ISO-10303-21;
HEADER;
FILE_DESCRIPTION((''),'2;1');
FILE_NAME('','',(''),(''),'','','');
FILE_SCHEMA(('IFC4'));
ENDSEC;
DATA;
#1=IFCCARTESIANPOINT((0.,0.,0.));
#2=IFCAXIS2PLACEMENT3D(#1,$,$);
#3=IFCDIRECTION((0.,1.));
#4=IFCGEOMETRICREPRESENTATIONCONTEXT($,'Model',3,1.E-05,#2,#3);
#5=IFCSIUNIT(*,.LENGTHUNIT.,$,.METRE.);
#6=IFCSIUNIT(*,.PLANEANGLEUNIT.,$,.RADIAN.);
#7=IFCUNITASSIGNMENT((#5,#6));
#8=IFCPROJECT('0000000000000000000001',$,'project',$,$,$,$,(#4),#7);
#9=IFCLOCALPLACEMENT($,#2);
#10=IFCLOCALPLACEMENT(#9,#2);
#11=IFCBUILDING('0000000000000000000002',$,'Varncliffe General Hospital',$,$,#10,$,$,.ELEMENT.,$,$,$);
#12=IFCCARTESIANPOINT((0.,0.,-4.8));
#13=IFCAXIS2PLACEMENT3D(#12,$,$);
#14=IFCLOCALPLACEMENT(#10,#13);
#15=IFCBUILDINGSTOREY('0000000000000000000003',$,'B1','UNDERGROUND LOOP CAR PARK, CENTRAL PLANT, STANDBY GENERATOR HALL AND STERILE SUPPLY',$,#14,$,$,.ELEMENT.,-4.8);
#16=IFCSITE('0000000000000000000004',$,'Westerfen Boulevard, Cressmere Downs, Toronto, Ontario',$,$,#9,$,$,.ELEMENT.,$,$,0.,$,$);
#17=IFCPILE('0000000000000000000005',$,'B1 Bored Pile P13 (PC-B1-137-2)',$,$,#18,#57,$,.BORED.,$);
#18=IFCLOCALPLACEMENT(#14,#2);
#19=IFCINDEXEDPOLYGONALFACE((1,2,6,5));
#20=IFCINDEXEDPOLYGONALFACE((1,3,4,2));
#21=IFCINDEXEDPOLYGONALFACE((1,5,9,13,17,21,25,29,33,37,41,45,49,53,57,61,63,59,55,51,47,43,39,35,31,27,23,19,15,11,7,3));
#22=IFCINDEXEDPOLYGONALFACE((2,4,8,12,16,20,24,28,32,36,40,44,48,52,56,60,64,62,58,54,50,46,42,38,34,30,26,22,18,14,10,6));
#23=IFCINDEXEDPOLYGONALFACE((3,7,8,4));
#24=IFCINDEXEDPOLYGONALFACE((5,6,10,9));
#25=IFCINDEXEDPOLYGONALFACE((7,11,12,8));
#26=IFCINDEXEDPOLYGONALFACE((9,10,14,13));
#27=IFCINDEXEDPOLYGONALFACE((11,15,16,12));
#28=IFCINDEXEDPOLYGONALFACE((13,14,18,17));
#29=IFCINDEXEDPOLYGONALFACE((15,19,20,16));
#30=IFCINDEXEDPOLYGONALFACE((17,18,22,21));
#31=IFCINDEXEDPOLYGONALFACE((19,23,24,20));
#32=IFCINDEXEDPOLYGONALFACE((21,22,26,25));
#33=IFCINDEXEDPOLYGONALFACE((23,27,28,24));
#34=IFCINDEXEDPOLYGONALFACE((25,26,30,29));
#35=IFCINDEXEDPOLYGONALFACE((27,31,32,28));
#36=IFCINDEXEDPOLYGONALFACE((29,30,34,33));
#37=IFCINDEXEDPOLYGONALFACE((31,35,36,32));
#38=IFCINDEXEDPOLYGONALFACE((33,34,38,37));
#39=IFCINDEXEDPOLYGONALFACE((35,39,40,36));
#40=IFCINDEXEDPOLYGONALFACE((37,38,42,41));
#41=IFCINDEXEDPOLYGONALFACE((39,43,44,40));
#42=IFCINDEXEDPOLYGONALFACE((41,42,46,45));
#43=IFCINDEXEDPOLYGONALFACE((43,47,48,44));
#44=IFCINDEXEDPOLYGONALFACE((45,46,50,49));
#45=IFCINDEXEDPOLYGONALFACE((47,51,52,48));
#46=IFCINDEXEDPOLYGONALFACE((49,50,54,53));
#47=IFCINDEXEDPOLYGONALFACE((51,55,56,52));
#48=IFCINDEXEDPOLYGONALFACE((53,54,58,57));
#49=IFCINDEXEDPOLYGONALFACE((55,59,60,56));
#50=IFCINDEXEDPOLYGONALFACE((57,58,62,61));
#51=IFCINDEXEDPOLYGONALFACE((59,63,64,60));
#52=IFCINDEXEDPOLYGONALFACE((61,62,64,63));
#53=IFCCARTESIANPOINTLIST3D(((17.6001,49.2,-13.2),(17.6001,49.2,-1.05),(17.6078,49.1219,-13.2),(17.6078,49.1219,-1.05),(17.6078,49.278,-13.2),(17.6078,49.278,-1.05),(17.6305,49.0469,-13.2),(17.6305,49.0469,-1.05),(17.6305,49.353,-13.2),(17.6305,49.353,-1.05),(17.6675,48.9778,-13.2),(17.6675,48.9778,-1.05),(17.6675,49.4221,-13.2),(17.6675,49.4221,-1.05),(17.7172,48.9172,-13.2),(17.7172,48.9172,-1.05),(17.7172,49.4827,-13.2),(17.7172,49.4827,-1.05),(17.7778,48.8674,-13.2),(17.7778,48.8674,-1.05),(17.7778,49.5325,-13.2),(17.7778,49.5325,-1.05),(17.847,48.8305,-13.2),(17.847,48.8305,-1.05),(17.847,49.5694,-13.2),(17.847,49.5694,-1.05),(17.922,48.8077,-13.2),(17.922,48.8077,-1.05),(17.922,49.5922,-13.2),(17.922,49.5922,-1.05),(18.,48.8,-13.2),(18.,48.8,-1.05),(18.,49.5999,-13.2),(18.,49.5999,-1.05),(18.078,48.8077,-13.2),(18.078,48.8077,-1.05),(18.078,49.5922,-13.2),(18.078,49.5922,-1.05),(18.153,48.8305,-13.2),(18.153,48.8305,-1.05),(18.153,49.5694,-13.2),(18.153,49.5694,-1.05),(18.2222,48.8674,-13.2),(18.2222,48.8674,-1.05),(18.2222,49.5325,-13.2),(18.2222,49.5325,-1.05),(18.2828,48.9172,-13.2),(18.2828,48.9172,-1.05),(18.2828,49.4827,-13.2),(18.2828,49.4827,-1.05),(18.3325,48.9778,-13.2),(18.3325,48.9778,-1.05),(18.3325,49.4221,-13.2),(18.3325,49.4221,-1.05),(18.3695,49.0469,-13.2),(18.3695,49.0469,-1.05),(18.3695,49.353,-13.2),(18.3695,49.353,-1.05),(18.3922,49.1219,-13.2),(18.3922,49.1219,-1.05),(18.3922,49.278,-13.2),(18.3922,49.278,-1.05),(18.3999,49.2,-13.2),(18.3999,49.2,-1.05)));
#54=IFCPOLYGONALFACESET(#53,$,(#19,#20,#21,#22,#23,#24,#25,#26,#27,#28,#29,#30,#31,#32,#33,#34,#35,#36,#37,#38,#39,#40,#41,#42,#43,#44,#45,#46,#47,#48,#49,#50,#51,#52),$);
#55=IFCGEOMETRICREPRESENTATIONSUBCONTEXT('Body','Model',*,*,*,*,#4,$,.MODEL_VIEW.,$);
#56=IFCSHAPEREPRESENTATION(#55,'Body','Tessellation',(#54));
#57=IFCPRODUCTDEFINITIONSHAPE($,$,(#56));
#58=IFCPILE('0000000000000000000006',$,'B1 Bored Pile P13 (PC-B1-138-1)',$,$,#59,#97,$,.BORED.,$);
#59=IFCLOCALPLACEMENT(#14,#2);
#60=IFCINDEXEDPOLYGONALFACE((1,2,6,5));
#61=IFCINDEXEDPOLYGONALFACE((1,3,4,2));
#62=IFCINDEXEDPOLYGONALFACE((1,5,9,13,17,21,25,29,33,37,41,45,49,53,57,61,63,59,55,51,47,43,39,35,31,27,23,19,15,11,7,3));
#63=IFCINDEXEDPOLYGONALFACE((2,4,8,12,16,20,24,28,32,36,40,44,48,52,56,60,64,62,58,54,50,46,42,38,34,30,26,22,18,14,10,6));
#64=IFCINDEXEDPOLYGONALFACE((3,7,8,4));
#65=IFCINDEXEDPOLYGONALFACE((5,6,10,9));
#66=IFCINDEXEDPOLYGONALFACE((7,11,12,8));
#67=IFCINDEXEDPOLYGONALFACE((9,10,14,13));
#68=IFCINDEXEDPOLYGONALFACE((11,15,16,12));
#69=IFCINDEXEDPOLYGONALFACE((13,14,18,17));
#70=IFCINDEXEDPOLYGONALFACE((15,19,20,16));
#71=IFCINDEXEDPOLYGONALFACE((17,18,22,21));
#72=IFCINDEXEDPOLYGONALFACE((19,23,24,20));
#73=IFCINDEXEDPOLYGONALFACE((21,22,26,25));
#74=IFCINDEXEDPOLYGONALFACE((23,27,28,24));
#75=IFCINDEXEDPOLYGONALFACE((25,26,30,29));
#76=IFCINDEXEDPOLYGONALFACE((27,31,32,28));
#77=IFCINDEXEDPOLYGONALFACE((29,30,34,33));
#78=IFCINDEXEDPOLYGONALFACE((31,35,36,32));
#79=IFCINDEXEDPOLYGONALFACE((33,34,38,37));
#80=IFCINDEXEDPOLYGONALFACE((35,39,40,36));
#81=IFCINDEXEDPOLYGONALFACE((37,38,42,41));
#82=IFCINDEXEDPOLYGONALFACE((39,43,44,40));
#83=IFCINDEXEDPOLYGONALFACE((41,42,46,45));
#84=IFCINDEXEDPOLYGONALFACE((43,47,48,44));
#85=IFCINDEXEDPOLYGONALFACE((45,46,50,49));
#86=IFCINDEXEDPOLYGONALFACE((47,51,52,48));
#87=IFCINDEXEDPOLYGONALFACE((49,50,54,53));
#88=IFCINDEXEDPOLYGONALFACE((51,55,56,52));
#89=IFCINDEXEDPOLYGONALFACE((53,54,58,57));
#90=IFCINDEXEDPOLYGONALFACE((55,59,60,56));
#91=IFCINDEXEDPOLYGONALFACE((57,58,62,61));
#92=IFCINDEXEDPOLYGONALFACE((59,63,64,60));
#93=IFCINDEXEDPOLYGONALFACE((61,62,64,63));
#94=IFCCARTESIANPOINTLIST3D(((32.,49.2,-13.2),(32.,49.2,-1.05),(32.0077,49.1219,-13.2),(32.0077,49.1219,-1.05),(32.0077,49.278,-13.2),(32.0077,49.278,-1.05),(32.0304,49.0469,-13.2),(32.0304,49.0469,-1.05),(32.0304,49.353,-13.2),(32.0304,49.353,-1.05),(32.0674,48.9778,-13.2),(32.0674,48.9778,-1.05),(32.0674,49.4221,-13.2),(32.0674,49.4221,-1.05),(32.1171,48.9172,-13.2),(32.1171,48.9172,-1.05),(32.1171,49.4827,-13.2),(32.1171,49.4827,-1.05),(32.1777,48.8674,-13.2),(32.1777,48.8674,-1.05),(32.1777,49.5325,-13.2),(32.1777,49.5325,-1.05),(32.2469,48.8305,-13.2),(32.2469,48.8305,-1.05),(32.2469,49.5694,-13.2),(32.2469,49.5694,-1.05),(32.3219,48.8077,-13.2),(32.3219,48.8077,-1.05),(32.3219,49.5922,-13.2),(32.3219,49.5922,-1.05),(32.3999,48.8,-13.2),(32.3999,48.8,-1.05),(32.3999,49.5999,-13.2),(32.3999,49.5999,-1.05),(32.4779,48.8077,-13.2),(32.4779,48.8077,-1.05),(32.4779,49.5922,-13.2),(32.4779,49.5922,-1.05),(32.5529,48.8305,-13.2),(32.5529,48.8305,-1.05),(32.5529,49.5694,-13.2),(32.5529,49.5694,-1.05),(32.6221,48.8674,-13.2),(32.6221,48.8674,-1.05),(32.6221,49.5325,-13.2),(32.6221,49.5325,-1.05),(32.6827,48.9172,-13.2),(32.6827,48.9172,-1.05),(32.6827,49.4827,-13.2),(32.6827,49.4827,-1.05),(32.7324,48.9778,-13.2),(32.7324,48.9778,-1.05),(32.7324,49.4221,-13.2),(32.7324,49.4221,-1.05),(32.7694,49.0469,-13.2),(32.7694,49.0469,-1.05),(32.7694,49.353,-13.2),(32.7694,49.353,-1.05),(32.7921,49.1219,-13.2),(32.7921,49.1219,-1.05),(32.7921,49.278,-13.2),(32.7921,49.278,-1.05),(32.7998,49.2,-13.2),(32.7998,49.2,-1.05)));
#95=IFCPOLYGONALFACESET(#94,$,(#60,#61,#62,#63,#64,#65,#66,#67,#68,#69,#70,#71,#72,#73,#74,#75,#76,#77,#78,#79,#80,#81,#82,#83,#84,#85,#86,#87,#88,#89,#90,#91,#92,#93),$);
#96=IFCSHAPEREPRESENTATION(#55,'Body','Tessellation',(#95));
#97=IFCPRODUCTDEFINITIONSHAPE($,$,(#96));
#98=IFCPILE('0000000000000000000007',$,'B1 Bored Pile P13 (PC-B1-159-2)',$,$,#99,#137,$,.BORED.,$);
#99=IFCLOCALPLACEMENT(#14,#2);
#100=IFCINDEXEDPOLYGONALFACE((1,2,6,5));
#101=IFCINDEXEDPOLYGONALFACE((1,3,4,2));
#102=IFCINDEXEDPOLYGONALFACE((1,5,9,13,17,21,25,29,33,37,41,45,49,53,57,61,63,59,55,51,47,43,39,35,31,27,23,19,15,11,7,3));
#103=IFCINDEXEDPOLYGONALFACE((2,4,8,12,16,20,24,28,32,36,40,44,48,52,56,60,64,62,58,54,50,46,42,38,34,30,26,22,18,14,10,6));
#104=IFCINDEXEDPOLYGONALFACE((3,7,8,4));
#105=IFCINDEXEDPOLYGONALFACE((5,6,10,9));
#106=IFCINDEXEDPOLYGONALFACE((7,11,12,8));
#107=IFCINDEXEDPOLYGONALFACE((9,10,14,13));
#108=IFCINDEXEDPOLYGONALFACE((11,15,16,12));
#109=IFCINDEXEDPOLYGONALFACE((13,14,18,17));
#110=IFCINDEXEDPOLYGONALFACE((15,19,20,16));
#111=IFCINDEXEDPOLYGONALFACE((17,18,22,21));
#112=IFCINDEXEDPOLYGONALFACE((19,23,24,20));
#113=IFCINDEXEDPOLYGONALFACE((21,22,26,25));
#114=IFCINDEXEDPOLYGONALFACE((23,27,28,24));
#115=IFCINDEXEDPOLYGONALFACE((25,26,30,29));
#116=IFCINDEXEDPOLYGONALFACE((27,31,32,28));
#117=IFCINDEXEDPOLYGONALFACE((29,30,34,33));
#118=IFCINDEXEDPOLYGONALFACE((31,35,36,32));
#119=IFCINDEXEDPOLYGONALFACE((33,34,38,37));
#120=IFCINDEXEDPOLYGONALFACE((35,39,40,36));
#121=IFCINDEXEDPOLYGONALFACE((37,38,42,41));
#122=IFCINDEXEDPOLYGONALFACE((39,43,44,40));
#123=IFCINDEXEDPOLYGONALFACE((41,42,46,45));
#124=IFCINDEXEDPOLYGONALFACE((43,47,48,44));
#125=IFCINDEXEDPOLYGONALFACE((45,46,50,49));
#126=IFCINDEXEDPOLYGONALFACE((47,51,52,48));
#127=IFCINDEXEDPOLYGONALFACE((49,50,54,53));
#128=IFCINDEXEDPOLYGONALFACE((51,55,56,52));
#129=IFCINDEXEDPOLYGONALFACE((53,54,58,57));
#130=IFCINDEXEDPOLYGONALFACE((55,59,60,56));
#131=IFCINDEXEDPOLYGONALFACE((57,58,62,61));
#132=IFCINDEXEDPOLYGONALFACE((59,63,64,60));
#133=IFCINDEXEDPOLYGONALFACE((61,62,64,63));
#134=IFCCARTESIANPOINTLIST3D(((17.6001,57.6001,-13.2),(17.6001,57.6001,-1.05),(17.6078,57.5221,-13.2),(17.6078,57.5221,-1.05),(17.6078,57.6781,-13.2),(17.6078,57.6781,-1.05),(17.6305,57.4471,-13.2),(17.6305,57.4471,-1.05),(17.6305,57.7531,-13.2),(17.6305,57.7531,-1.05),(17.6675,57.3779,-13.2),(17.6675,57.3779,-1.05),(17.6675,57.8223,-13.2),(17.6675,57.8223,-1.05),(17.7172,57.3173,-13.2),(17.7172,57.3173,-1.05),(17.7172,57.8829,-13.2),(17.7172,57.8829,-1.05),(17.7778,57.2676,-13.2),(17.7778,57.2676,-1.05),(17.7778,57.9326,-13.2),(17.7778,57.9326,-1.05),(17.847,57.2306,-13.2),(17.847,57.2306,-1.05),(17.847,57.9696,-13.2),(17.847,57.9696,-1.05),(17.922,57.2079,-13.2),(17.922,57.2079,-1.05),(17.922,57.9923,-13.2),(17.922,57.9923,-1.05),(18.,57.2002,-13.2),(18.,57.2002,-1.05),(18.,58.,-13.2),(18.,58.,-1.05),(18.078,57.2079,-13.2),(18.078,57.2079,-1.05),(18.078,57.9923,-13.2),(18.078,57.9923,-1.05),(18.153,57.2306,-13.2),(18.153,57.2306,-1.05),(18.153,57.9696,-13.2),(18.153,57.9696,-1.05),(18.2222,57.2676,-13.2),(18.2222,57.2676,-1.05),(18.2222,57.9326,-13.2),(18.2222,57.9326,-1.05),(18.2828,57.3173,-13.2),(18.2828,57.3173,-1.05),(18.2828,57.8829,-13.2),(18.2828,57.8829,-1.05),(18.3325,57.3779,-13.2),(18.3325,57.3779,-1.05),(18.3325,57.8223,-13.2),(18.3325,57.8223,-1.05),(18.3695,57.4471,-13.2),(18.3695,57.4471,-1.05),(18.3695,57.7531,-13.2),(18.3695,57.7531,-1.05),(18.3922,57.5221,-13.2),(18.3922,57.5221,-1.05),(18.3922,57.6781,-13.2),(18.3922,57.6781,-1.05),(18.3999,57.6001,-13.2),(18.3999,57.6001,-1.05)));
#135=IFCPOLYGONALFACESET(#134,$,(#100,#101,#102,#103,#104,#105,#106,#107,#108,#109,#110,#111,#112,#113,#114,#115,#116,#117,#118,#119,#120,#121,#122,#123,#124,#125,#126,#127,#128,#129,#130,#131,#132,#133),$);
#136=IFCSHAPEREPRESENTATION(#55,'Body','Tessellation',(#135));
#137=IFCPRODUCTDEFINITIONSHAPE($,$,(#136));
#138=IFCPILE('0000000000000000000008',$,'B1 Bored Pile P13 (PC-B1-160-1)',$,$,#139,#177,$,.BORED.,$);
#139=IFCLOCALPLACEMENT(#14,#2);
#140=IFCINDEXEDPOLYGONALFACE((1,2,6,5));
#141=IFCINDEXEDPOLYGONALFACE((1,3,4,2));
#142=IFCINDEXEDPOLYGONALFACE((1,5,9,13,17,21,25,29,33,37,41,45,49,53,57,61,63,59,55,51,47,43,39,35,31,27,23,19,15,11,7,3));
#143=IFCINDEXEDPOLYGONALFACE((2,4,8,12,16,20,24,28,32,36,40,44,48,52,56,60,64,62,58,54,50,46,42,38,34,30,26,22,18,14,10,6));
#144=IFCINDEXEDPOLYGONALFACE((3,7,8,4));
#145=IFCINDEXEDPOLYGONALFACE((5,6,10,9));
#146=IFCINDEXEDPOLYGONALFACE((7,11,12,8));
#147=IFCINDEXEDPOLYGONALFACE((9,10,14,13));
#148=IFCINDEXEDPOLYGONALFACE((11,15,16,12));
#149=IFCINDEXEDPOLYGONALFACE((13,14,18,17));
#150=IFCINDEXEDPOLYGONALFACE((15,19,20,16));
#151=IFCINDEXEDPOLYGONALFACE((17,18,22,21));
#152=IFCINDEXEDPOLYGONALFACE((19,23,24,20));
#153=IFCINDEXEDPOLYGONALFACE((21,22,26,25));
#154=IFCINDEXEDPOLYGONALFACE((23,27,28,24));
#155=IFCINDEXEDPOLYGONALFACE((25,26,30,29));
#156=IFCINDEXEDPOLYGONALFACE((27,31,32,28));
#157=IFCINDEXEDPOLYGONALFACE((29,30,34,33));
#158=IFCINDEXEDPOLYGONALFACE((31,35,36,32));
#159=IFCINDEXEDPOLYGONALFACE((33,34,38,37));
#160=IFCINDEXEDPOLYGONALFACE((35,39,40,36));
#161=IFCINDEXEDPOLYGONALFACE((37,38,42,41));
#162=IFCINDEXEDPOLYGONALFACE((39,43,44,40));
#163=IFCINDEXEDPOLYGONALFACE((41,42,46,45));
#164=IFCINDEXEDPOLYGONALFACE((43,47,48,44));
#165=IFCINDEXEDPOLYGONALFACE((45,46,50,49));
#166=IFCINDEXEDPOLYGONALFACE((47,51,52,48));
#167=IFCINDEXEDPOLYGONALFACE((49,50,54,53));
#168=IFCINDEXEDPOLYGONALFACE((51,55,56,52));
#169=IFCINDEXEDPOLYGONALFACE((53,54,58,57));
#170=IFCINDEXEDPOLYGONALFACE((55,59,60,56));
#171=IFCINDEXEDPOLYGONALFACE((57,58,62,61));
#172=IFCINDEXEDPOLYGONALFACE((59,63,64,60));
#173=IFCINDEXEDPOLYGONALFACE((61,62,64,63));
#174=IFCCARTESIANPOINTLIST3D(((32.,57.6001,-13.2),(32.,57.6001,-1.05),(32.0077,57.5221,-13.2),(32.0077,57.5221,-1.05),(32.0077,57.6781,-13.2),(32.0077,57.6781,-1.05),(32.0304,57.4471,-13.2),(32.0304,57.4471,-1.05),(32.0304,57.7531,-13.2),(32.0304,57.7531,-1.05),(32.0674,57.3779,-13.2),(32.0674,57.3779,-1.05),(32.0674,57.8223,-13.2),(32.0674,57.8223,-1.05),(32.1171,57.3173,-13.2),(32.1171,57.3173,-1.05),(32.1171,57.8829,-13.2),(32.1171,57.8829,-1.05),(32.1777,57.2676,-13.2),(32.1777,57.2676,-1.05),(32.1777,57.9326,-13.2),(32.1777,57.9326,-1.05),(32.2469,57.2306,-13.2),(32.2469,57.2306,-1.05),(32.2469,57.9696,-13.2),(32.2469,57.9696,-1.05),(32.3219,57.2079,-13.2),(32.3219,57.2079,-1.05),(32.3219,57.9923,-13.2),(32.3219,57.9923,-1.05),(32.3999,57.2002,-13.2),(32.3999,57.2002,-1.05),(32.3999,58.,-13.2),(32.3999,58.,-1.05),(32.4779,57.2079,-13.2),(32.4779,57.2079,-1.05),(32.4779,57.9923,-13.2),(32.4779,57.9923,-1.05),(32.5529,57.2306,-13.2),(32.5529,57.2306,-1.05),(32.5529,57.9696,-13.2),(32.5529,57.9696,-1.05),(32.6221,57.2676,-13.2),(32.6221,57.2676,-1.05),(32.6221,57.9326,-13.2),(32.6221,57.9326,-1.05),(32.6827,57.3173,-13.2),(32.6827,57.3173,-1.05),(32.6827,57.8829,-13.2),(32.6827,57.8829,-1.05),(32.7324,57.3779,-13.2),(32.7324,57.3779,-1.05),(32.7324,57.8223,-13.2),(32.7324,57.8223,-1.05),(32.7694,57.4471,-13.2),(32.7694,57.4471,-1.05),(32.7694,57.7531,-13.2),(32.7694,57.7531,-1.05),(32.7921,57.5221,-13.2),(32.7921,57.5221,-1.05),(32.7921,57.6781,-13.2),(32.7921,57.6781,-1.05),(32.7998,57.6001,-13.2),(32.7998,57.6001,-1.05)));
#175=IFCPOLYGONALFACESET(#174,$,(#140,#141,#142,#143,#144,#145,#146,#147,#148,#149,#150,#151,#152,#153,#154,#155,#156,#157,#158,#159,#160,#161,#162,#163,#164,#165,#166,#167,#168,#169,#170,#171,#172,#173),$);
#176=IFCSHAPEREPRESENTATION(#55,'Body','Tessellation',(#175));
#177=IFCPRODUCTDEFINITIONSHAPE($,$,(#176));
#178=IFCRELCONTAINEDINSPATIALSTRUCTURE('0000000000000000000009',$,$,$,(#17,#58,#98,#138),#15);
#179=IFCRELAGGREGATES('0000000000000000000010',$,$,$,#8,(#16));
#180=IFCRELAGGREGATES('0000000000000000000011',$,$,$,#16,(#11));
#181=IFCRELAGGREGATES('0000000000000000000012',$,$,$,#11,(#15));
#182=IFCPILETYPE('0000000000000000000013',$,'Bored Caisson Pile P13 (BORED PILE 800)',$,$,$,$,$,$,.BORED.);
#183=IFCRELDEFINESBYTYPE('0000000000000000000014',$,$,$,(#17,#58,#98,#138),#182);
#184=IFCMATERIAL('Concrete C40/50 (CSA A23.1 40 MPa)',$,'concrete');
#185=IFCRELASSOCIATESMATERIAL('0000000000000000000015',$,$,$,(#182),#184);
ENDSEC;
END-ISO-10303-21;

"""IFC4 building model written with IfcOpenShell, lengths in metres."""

from ifc_helpers import new_model, si_unit, direction, frame, origin, origin_2d, place, context, subcontext, project, spatial, circle, extrude, material, material_profile, profile_set, type_object, element, save


model = new_model("IFC4")

# Units and contexts
model_context = context("Model", 3, precision=1e-05, world=origin(), true_north=direction((0.0, 1.0)))
body_context = subcontext(model_context, "Body", "Model", "MODEL_VIEW")
ifc_project = project(units=[si_unit("LENGTHUNIT", "METRE"), si_unit("PLANEANGLEUNIT", "RADIAN")], contexts=[model_context])

# Site, building, storey
site_placement = place(None, origin())
site = spatial("IfcSite", under=ifc_project, at=site_placement, Name="Westerfen Boulevard, Cressmere Downs, Toronto, Ontario", CompositionType="ELEMENT", RefElevation=0.0)
building_placement = place(site_placement, origin())
building = spatial("IfcBuilding", under=site, at=building_placement, Name="Varncliffe General Hospital", CompositionType="ELEMENT")
storey_placement = place(building_placement, frame((0.0, 0.0, -4.8)))
storey = spatial("IfcBuildingStorey", under=building, at=storey_placement, Name="B1", Description="UNDERGROUND LOOP CAR PARK, CENTRAL PLANT, STANDBY GENERATOR HALL AND STERILE SUPPLY", CompositionType="ELEMENT", Elevation=-4.8)

# Piles
ifc_material_1 = material(Name="Concrete C40/50 (CSA A23.1 40 MPa)", Category="concrete")
ifc_material_profile_1 = material_profile(ifc_material_1, circle(Radius=0.3999, at=origin_2d()), Name="BORED PILE 800")
ifc_profile_set_1 = profile_set([ifc_material_profile_1], Name="Concrete C40/50 (CSA A23.1 40 MPa)")
pile_type_1 = type_object("IfcPileType", Name="Bored Caisson Pile P13 (BORED PILE 800)", PredefinedType="BORED", material=ifc_profile_set_1)
for number, where, z_axis, x_axis, name in (
    (1, (18.0, 49.2, -1.05), (0.0, 0.0, -1.0), (1.0, 0.0, 0.0), "B1 Bored Pile P13 (PC-B1-137-2)"),
    (2, (32.3999, 49.2, -1.05), (0.0, 0.0, -1.0), (1.0, 0.0, 0.0), "B1 Bored Pile P13 (PC-B1-138-1)"),
    (3, (18.0, 57.6001, -1.05), (0.0, 0.0, -1.0), (1.0, 0.0, 0.0), "B1 Bored Pile P13 (PC-B1-159-2)"),
    (4, (32.3999, 57.6001, -1.05), (0.0, 0.0, -1.0), (1.0, 0.0, 0.0), "B1 Bored Pile P13 (PC-B1-160-1)"),
):
    element("IfcPile", number, at=place(storey_placement, frame(where, z_axis=z_axis, x_axis=x_axis)), inside=storey, type_object=pile_type_1, Name=name, PredefinedType="BORED", context=body_context, shape_type="SweptSolid", body=[
        extrude(circle(Radius=0.3999, at=origin_2d()), origin(), (0.0, 0.0, 1.0), 12.1499),
    ])

save(model, "model.ifc")
